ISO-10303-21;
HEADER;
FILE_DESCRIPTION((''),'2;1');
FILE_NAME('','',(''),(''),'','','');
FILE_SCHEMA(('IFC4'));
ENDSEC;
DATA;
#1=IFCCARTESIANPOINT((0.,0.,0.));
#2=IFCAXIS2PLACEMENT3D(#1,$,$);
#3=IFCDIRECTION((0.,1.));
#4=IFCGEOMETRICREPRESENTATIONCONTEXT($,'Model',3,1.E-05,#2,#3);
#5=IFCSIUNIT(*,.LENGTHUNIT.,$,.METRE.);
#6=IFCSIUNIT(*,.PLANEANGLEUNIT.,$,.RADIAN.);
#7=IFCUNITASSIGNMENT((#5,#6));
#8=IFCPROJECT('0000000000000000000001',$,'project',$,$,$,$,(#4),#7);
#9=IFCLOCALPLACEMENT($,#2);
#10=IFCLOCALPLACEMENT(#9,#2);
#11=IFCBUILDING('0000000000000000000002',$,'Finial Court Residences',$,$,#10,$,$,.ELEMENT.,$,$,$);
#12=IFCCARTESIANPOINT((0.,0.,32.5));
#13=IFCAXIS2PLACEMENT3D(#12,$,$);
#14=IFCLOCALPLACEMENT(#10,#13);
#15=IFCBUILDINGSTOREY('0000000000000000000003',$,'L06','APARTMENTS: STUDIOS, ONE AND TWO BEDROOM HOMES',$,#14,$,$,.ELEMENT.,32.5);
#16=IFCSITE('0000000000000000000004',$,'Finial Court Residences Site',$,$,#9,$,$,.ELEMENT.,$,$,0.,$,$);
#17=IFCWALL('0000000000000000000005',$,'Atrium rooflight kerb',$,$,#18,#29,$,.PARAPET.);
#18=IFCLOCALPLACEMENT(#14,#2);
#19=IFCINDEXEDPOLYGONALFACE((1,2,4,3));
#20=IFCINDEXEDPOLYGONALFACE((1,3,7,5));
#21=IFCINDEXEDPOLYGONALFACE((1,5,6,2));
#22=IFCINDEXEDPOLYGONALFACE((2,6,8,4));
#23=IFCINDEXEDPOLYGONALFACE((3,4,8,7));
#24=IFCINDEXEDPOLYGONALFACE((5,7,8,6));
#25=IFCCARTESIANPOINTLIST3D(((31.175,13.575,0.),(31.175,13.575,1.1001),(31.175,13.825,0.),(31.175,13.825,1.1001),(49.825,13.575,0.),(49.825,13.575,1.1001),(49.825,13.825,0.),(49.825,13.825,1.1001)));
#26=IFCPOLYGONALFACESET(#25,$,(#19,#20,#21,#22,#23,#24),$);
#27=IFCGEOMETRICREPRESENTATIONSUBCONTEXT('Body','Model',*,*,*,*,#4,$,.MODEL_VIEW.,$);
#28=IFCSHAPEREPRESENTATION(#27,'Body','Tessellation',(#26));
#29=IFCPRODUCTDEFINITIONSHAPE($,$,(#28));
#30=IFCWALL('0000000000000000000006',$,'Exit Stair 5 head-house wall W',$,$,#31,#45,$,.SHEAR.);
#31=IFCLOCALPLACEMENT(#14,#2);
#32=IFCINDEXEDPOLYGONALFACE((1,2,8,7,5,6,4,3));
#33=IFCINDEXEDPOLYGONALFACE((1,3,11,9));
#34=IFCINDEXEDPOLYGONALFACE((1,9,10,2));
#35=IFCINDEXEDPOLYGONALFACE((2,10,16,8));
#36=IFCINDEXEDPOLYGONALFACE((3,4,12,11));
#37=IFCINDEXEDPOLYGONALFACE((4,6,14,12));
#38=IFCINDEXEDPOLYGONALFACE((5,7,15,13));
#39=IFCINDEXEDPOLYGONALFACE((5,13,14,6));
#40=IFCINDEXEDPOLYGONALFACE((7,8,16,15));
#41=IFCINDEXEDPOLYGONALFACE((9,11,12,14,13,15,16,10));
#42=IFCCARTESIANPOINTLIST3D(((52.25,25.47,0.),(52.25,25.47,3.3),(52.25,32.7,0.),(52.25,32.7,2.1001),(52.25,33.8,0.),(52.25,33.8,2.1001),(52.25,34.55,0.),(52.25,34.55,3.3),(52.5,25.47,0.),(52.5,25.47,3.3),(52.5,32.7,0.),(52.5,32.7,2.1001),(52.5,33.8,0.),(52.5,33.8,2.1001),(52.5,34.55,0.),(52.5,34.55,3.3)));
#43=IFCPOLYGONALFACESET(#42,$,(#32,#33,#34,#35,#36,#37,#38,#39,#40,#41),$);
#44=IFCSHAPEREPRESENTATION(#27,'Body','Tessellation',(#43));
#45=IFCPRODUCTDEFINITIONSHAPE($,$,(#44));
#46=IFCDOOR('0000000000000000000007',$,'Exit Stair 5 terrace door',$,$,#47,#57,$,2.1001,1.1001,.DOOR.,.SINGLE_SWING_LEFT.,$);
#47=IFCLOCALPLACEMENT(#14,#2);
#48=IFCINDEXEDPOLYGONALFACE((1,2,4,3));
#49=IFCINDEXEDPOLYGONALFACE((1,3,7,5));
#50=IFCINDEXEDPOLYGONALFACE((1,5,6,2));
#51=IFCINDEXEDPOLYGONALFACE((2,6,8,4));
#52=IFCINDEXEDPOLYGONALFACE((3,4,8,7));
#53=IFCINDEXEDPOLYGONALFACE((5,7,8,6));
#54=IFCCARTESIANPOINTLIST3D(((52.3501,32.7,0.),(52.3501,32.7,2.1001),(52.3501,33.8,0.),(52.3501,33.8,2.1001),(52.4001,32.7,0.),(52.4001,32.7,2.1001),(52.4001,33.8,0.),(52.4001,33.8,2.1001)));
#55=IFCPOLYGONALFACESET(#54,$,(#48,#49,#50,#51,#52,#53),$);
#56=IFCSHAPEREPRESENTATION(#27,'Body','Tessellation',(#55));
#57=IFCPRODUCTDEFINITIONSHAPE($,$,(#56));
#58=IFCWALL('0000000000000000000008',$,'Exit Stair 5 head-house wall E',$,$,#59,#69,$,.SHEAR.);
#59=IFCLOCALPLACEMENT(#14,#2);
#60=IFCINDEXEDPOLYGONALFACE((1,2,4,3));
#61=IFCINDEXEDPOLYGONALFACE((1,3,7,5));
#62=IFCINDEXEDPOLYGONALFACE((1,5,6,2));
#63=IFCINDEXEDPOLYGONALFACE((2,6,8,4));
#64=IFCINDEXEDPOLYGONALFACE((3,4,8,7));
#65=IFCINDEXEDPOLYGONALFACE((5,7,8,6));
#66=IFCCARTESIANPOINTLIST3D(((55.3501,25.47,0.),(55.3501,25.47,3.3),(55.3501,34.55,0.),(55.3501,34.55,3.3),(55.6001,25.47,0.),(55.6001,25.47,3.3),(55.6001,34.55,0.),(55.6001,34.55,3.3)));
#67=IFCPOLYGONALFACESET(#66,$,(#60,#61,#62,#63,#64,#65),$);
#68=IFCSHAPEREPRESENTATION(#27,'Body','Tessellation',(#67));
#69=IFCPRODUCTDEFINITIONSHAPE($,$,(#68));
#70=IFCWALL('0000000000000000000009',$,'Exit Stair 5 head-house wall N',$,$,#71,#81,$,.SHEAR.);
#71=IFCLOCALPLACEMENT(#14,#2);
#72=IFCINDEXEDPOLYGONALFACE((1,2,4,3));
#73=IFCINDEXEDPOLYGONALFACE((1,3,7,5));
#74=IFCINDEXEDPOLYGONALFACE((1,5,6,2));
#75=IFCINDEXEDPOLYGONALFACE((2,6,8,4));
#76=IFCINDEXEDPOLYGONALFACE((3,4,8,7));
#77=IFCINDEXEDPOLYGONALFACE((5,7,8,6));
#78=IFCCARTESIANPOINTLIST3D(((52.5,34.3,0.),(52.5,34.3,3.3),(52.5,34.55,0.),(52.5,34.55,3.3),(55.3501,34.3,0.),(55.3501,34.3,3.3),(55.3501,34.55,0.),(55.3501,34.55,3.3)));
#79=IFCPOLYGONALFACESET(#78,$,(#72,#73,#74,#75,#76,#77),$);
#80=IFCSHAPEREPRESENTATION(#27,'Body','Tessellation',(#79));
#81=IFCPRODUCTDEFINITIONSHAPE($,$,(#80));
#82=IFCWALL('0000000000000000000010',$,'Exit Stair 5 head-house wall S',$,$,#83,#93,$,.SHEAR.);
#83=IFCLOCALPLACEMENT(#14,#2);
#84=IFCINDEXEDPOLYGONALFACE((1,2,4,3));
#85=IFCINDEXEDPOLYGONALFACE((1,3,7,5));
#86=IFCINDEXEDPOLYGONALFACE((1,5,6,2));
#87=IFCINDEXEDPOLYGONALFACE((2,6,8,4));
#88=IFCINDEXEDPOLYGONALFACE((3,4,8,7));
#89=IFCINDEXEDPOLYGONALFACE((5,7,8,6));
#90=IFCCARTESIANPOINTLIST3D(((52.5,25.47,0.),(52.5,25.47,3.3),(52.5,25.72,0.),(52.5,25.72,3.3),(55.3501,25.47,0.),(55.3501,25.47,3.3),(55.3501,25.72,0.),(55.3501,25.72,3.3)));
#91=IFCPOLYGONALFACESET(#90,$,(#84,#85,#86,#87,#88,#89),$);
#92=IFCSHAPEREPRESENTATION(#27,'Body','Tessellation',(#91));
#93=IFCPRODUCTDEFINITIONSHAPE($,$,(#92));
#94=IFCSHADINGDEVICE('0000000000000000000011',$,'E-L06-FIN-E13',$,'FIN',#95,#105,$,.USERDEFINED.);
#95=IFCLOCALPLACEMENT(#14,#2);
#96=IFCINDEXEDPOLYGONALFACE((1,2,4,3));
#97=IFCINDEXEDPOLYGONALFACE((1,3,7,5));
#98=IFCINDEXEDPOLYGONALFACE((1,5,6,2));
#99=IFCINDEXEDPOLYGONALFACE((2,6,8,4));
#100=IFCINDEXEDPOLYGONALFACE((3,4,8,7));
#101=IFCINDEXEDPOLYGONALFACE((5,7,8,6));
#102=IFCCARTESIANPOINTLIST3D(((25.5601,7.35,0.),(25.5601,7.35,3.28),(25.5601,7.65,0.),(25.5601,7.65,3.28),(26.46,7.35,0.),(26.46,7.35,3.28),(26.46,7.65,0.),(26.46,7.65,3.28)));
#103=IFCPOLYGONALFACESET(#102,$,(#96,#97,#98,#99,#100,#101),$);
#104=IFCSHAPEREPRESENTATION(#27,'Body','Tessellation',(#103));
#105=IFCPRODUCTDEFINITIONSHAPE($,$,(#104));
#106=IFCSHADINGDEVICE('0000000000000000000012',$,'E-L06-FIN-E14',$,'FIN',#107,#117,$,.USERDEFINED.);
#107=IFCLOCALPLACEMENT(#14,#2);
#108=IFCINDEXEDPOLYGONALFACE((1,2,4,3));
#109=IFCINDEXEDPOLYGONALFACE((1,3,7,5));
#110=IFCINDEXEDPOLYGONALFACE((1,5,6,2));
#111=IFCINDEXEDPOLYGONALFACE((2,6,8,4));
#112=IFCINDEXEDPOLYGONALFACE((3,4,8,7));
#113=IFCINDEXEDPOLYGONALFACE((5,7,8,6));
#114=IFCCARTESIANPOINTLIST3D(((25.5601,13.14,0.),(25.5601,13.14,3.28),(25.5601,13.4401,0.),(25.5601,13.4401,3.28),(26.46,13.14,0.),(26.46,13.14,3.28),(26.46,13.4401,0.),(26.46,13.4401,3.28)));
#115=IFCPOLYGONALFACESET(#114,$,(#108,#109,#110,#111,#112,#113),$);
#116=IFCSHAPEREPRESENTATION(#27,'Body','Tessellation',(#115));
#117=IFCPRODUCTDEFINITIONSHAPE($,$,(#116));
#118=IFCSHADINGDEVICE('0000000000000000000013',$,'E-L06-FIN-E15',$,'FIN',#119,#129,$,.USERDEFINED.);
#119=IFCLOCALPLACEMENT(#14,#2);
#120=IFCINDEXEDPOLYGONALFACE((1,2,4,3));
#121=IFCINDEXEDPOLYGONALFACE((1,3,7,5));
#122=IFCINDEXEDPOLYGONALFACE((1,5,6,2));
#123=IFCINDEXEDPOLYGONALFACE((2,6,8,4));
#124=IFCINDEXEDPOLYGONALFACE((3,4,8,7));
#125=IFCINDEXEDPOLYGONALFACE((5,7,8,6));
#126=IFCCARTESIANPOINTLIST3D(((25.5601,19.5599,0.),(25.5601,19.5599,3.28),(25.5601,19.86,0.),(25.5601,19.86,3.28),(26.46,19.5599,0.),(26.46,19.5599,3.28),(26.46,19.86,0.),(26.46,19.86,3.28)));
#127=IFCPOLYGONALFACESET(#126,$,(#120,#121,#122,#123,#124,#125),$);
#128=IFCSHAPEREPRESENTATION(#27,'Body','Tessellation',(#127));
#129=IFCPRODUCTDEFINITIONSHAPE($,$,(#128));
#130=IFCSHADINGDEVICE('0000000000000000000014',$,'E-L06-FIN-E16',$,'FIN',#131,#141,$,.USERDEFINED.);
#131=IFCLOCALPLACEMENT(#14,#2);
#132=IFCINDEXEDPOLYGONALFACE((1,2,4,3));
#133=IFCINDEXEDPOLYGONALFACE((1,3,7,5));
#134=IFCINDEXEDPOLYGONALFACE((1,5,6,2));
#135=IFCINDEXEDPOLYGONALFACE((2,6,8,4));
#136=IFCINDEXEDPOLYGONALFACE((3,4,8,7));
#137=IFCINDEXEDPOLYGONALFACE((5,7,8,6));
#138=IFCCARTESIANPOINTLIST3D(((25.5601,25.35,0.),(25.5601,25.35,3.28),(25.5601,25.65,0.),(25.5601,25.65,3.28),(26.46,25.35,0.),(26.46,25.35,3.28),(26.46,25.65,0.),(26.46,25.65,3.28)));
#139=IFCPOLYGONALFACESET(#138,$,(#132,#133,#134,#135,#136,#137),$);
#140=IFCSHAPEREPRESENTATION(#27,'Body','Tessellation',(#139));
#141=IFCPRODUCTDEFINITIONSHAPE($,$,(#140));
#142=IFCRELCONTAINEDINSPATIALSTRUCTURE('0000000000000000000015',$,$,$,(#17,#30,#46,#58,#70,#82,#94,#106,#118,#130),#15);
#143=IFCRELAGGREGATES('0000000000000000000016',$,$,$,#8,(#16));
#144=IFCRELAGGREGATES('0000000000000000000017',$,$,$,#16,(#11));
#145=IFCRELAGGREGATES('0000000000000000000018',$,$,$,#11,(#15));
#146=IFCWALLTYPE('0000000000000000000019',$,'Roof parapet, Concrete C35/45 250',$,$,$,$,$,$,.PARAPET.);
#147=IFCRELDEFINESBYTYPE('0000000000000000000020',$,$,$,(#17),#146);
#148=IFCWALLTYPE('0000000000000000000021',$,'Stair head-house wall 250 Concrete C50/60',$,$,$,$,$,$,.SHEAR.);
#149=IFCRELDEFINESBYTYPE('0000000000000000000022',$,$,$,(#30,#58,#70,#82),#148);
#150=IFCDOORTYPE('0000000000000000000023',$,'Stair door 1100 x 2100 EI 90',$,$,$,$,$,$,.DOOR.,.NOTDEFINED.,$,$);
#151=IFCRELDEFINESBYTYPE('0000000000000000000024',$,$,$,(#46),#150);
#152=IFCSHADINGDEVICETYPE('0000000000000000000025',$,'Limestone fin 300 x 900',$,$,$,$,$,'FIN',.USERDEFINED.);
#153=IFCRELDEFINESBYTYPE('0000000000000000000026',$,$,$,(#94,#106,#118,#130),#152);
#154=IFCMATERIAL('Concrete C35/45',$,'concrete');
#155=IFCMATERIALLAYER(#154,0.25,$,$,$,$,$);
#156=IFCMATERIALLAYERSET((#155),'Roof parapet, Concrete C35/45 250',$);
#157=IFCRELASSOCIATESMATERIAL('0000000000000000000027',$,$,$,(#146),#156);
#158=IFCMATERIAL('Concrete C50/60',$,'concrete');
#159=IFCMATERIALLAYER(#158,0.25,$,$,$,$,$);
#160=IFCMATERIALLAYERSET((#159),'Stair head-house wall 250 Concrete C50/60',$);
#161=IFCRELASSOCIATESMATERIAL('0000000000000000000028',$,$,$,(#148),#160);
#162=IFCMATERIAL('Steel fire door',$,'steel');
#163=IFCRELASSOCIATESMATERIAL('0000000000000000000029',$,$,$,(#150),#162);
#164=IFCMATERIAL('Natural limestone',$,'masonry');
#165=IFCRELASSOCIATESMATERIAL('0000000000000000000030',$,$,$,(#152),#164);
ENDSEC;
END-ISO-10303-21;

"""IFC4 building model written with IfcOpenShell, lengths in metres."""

from ifc_helpers import new_model, si_unit, direction, frame, frame_2d, origin, origin_2d, place, context, subcontext, project, spatial, rectangle, extrude, material, layer, layer_set, type_object, element, fill, save


model = new_model("IFC4")

# Units and contexts
model_context = context("Model", 3, precision=1e-05, world=origin(), true_north=direction((0.0, 1.0)))
body_context = subcontext(model_context, "Body", "Model", "MODEL_VIEW")
ifc_project = project(units=[si_unit("LENGTHUNIT", "METRE"), si_unit("PLANEANGLEUNIT", "RADIAN")], contexts=[model_context])

# Site, building, storey
site_placement = place(None, origin())
site = spatial("IfcSite", under=ifc_project, at=site_placement, Name="Finial Court Residences Site", CompositionType="ELEMENT", RefElevation=0.0)
building_placement = place(site_placement, origin())
building = spatial("IfcBuilding", under=site, at=building_placement, Name="Finial Court Residences", CompositionType="ELEMENT")
storey_placement = place(building_placement, frame((0.0, 0.0, 32.5)))
storey = spatial("IfcBuildingStorey", under=building, at=storey_placement, Name="L06", Description="APARTMENTS: STUDIOS, ONE AND TWO BEDROOM HOMES", CompositionType="ELEMENT", Elevation=32.5)

# Wall
ifc_material_1 = material(Name="Concrete C35/45", Category="concrete")
ifc_layer_1 = layer(ifc_material_1, 0.25)
ifc_layer_set_1 = layer_set([ifc_layer_1], Name="Roof parapet, Concrete C35/45 250")
wall_type_1 = type_object("IfcWallType", Name="Roof parapet, Concrete C35/45 250", PredefinedType="PARAPET", material=ifc_layer_set_1)
wall_1_placement = place(storey_placement, frame((31.175, 13.7, 0.0), z_axis=(0.0, 0.0, 1.0), x_axis=(1.0, 0.0, 0.0)))
element("IfcWall", 1, at=wall_1_placement, inside=storey, type_object=wall_type_1, Name="Atrium rooflight kerb", PredefinedType="PARAPET", context=body_context, shape_type="SweptSolid", body=[
    extrude(rectangle(XDim=18.6499, YDim=0.25, at=frame_2d((9.325, 0.0))), origin(), (0.0, 0.0, 1.0), 1.1001),
])

# Wall, opening, door
ifc_material_2 = material(Name="Concrete C50/60", Category="concrete")
ifc_layer_2 = layer(ifc_material_2, 0.25)
ifc_layer_set_2 = layer_set([ifc_layer_2], Name="Stair head-house wall 250 Concrete C50/60")
wall_type_2 = type_object("IfcWallType", Name="Stair head-house wall 250 Concrete C50/60", PredefinedType="SHEAR", material=ifc_layer_set_2)
wall_2_placement = place(storey_placement, frame((52.375, 25.47, 0.0), z_axis=(0.0, 0.0, 1.0), x_axis=(0.0, 1.0, 0.0)))
wall_2 = element("IfcWall", 2, at=wall_2_placement, inside=storey, type_object=wall_type_2, Name="Exit Stair 5 head-house wall W", PredefinedType="SHEAR", context=body_context, shape_type="SweptSolid", body=[
    extrude(rectangle(XDim=9.0801, YDim=0.25, at=frame_2d((4.54, 0.0))), origin(), (0.0, 0.0, 1.0), 3.3),
])
opening_placement = place(wall_2_placement, frame((7.23, 0.0, 0.0)))
opening = element("IfcOpeningElement", 3, at=opening_placement, cuts=wall_2, PredefinedType="OPENING", context=body_context, shape_type="SweptSolid", body=[
    extrude(rectangle(XDim=1.1001, YDim=2.1001, at=frame_2d((0.55, 1.05))), frame((0.0, 0.135, 0.0), z_axis=(0.0, -1.0, 0.0), x_axis=(1.0, 0.0, 0.0)), (0.0, 0.0, 1.0), 0.27),
])
ifc_material_3 = material(Name="Steel fire door", Category="steel")
door_type = type_object("IfcDoorType", Name="Stair door 1100 x 2100 EI 90", OperationType="NOTDEFINED", PredefinedType="DOOR", material=ifc_material_3)
door_placement = place(opening_placement, origin())
door = element("IfcDoor", 4, at=door_placement, inside=storey, type_object=door_type, Name="Exit Stair 5 terrace door", OperationType="SINGLE_SWING_LEFT", OverallHeight=2.1001, OverallWidth=1.1001, PredefinedType="DOOR", context=body_context, shape_type="SweptSolid", body=[
    extrude(rectangle(XDim=1.1001, YDim=2.1001, at=frame_2d((0.55, 1.05))), frame((0.0, 0.0249, 0.0), z_axis=(0.0, -1.0, 0.0), x_axis=(1.0, 0.0, 0.0)), (0.0, 0.0, 1.0), 0.05),
])
fill(opening, door)

# Walls
wall_3_placement = place(storey_placement, frame((55.4751, 25.47, 0.0), z_axis=(0.0, 0.0, 1.0), x_axis=(0.0, 1.0, 0.0)))
element("IfcWall", 5, at=wall_3_placement, inside=storey, type_object=wall_type_2, Name="Exit Stair 5 head-house wall E", PredefinedType="SHEAR", context=body_context, shape_type="SweptSolid", body=[
    extrude(rectangle(XDim=9.0801, YDim=0.25, at=frame_2d((4.54, 0.0))), origin(), (0.0, 0.0, 1.0), 3.3),
])
for number, where, z_axis, x_axis, name in (
    (6, (52.5, 34.425, 0.0), (0.0, 0.0, 1.0), (1.0, 0.0, 0.0), "Exit Stair 5 head-house wall N"),
    (7, (52.5, 25.595, 0.0), (0.0, 0.0, 1.0), (1.0, 0.0, 0.0), "Exit Stair 5 head-house wall S"),
):
    element("IfcWall", number, at=place(storey_placement, frame(where, z_axis=z_axis, x_axis=x_axis)), inside=storey, type_object=wall_type_2, Name=name, PredefinedType="SHEAR", context=body_context, shape_type="SweptSolid", body=[
        extrude(rectangle(XDim=2.8501, YDim=0.25, at=frame_2d((1.425, 0.0))), origin(), (0.0, 0.0, 1.0), 3.3),
    ])

# Shading devices
ifc_material_4 = material(Name="Natural limestone", Category="masonry")
shading_device_type = type_object("IfcShadingDeviceType", Name="Limestone fin 300 x 900", ElementType="FIN", PredefinedType="USERDEFINED", material=ifc_material_4)
for number, where, z_axis, x_axis, name in (
    (8, (26.01, 7.5, 0.0), (0.0, 0.0, 1.0), (1.0, 0.0, 0.0), "E-L06-FIN-E13"),
    (9, (26.01, 13.29, 0.0), (0.0, 0.0, 1.0), (1.0, 0.0, 0.0), "E-L06-FIN-E14"),
    (10, (26.01, 19.71, 0.0), (0.0, 0.0, 1.0), (1.0, 0.0, 0.0), "E-L06-FIN-E15"),
    (11, (26.01, 25.5, 0.0), (0.0, 0.0, 1.0), (1.0, 0.0, 0.0), "E-L06-FIN-E16"),
):
    element("IfcShadingDevice", number, at=place(storey_placement, frame(where, z_axis=z_axis, x_axis=x_axis)), inside=storey, type_object=shading_device_type, Name=name, ObjectType="FIN", PredefinedType="USERDEFINED", context=body_context, shape_type="SweptSolid", body=[
        extrude(rectangle(XDim=0.8999, YDim=0.3, at=origin_2d()), origin(), (0.0, 0.0, 1.0), 3.28),
    ])

save(model, "model.ifc")
